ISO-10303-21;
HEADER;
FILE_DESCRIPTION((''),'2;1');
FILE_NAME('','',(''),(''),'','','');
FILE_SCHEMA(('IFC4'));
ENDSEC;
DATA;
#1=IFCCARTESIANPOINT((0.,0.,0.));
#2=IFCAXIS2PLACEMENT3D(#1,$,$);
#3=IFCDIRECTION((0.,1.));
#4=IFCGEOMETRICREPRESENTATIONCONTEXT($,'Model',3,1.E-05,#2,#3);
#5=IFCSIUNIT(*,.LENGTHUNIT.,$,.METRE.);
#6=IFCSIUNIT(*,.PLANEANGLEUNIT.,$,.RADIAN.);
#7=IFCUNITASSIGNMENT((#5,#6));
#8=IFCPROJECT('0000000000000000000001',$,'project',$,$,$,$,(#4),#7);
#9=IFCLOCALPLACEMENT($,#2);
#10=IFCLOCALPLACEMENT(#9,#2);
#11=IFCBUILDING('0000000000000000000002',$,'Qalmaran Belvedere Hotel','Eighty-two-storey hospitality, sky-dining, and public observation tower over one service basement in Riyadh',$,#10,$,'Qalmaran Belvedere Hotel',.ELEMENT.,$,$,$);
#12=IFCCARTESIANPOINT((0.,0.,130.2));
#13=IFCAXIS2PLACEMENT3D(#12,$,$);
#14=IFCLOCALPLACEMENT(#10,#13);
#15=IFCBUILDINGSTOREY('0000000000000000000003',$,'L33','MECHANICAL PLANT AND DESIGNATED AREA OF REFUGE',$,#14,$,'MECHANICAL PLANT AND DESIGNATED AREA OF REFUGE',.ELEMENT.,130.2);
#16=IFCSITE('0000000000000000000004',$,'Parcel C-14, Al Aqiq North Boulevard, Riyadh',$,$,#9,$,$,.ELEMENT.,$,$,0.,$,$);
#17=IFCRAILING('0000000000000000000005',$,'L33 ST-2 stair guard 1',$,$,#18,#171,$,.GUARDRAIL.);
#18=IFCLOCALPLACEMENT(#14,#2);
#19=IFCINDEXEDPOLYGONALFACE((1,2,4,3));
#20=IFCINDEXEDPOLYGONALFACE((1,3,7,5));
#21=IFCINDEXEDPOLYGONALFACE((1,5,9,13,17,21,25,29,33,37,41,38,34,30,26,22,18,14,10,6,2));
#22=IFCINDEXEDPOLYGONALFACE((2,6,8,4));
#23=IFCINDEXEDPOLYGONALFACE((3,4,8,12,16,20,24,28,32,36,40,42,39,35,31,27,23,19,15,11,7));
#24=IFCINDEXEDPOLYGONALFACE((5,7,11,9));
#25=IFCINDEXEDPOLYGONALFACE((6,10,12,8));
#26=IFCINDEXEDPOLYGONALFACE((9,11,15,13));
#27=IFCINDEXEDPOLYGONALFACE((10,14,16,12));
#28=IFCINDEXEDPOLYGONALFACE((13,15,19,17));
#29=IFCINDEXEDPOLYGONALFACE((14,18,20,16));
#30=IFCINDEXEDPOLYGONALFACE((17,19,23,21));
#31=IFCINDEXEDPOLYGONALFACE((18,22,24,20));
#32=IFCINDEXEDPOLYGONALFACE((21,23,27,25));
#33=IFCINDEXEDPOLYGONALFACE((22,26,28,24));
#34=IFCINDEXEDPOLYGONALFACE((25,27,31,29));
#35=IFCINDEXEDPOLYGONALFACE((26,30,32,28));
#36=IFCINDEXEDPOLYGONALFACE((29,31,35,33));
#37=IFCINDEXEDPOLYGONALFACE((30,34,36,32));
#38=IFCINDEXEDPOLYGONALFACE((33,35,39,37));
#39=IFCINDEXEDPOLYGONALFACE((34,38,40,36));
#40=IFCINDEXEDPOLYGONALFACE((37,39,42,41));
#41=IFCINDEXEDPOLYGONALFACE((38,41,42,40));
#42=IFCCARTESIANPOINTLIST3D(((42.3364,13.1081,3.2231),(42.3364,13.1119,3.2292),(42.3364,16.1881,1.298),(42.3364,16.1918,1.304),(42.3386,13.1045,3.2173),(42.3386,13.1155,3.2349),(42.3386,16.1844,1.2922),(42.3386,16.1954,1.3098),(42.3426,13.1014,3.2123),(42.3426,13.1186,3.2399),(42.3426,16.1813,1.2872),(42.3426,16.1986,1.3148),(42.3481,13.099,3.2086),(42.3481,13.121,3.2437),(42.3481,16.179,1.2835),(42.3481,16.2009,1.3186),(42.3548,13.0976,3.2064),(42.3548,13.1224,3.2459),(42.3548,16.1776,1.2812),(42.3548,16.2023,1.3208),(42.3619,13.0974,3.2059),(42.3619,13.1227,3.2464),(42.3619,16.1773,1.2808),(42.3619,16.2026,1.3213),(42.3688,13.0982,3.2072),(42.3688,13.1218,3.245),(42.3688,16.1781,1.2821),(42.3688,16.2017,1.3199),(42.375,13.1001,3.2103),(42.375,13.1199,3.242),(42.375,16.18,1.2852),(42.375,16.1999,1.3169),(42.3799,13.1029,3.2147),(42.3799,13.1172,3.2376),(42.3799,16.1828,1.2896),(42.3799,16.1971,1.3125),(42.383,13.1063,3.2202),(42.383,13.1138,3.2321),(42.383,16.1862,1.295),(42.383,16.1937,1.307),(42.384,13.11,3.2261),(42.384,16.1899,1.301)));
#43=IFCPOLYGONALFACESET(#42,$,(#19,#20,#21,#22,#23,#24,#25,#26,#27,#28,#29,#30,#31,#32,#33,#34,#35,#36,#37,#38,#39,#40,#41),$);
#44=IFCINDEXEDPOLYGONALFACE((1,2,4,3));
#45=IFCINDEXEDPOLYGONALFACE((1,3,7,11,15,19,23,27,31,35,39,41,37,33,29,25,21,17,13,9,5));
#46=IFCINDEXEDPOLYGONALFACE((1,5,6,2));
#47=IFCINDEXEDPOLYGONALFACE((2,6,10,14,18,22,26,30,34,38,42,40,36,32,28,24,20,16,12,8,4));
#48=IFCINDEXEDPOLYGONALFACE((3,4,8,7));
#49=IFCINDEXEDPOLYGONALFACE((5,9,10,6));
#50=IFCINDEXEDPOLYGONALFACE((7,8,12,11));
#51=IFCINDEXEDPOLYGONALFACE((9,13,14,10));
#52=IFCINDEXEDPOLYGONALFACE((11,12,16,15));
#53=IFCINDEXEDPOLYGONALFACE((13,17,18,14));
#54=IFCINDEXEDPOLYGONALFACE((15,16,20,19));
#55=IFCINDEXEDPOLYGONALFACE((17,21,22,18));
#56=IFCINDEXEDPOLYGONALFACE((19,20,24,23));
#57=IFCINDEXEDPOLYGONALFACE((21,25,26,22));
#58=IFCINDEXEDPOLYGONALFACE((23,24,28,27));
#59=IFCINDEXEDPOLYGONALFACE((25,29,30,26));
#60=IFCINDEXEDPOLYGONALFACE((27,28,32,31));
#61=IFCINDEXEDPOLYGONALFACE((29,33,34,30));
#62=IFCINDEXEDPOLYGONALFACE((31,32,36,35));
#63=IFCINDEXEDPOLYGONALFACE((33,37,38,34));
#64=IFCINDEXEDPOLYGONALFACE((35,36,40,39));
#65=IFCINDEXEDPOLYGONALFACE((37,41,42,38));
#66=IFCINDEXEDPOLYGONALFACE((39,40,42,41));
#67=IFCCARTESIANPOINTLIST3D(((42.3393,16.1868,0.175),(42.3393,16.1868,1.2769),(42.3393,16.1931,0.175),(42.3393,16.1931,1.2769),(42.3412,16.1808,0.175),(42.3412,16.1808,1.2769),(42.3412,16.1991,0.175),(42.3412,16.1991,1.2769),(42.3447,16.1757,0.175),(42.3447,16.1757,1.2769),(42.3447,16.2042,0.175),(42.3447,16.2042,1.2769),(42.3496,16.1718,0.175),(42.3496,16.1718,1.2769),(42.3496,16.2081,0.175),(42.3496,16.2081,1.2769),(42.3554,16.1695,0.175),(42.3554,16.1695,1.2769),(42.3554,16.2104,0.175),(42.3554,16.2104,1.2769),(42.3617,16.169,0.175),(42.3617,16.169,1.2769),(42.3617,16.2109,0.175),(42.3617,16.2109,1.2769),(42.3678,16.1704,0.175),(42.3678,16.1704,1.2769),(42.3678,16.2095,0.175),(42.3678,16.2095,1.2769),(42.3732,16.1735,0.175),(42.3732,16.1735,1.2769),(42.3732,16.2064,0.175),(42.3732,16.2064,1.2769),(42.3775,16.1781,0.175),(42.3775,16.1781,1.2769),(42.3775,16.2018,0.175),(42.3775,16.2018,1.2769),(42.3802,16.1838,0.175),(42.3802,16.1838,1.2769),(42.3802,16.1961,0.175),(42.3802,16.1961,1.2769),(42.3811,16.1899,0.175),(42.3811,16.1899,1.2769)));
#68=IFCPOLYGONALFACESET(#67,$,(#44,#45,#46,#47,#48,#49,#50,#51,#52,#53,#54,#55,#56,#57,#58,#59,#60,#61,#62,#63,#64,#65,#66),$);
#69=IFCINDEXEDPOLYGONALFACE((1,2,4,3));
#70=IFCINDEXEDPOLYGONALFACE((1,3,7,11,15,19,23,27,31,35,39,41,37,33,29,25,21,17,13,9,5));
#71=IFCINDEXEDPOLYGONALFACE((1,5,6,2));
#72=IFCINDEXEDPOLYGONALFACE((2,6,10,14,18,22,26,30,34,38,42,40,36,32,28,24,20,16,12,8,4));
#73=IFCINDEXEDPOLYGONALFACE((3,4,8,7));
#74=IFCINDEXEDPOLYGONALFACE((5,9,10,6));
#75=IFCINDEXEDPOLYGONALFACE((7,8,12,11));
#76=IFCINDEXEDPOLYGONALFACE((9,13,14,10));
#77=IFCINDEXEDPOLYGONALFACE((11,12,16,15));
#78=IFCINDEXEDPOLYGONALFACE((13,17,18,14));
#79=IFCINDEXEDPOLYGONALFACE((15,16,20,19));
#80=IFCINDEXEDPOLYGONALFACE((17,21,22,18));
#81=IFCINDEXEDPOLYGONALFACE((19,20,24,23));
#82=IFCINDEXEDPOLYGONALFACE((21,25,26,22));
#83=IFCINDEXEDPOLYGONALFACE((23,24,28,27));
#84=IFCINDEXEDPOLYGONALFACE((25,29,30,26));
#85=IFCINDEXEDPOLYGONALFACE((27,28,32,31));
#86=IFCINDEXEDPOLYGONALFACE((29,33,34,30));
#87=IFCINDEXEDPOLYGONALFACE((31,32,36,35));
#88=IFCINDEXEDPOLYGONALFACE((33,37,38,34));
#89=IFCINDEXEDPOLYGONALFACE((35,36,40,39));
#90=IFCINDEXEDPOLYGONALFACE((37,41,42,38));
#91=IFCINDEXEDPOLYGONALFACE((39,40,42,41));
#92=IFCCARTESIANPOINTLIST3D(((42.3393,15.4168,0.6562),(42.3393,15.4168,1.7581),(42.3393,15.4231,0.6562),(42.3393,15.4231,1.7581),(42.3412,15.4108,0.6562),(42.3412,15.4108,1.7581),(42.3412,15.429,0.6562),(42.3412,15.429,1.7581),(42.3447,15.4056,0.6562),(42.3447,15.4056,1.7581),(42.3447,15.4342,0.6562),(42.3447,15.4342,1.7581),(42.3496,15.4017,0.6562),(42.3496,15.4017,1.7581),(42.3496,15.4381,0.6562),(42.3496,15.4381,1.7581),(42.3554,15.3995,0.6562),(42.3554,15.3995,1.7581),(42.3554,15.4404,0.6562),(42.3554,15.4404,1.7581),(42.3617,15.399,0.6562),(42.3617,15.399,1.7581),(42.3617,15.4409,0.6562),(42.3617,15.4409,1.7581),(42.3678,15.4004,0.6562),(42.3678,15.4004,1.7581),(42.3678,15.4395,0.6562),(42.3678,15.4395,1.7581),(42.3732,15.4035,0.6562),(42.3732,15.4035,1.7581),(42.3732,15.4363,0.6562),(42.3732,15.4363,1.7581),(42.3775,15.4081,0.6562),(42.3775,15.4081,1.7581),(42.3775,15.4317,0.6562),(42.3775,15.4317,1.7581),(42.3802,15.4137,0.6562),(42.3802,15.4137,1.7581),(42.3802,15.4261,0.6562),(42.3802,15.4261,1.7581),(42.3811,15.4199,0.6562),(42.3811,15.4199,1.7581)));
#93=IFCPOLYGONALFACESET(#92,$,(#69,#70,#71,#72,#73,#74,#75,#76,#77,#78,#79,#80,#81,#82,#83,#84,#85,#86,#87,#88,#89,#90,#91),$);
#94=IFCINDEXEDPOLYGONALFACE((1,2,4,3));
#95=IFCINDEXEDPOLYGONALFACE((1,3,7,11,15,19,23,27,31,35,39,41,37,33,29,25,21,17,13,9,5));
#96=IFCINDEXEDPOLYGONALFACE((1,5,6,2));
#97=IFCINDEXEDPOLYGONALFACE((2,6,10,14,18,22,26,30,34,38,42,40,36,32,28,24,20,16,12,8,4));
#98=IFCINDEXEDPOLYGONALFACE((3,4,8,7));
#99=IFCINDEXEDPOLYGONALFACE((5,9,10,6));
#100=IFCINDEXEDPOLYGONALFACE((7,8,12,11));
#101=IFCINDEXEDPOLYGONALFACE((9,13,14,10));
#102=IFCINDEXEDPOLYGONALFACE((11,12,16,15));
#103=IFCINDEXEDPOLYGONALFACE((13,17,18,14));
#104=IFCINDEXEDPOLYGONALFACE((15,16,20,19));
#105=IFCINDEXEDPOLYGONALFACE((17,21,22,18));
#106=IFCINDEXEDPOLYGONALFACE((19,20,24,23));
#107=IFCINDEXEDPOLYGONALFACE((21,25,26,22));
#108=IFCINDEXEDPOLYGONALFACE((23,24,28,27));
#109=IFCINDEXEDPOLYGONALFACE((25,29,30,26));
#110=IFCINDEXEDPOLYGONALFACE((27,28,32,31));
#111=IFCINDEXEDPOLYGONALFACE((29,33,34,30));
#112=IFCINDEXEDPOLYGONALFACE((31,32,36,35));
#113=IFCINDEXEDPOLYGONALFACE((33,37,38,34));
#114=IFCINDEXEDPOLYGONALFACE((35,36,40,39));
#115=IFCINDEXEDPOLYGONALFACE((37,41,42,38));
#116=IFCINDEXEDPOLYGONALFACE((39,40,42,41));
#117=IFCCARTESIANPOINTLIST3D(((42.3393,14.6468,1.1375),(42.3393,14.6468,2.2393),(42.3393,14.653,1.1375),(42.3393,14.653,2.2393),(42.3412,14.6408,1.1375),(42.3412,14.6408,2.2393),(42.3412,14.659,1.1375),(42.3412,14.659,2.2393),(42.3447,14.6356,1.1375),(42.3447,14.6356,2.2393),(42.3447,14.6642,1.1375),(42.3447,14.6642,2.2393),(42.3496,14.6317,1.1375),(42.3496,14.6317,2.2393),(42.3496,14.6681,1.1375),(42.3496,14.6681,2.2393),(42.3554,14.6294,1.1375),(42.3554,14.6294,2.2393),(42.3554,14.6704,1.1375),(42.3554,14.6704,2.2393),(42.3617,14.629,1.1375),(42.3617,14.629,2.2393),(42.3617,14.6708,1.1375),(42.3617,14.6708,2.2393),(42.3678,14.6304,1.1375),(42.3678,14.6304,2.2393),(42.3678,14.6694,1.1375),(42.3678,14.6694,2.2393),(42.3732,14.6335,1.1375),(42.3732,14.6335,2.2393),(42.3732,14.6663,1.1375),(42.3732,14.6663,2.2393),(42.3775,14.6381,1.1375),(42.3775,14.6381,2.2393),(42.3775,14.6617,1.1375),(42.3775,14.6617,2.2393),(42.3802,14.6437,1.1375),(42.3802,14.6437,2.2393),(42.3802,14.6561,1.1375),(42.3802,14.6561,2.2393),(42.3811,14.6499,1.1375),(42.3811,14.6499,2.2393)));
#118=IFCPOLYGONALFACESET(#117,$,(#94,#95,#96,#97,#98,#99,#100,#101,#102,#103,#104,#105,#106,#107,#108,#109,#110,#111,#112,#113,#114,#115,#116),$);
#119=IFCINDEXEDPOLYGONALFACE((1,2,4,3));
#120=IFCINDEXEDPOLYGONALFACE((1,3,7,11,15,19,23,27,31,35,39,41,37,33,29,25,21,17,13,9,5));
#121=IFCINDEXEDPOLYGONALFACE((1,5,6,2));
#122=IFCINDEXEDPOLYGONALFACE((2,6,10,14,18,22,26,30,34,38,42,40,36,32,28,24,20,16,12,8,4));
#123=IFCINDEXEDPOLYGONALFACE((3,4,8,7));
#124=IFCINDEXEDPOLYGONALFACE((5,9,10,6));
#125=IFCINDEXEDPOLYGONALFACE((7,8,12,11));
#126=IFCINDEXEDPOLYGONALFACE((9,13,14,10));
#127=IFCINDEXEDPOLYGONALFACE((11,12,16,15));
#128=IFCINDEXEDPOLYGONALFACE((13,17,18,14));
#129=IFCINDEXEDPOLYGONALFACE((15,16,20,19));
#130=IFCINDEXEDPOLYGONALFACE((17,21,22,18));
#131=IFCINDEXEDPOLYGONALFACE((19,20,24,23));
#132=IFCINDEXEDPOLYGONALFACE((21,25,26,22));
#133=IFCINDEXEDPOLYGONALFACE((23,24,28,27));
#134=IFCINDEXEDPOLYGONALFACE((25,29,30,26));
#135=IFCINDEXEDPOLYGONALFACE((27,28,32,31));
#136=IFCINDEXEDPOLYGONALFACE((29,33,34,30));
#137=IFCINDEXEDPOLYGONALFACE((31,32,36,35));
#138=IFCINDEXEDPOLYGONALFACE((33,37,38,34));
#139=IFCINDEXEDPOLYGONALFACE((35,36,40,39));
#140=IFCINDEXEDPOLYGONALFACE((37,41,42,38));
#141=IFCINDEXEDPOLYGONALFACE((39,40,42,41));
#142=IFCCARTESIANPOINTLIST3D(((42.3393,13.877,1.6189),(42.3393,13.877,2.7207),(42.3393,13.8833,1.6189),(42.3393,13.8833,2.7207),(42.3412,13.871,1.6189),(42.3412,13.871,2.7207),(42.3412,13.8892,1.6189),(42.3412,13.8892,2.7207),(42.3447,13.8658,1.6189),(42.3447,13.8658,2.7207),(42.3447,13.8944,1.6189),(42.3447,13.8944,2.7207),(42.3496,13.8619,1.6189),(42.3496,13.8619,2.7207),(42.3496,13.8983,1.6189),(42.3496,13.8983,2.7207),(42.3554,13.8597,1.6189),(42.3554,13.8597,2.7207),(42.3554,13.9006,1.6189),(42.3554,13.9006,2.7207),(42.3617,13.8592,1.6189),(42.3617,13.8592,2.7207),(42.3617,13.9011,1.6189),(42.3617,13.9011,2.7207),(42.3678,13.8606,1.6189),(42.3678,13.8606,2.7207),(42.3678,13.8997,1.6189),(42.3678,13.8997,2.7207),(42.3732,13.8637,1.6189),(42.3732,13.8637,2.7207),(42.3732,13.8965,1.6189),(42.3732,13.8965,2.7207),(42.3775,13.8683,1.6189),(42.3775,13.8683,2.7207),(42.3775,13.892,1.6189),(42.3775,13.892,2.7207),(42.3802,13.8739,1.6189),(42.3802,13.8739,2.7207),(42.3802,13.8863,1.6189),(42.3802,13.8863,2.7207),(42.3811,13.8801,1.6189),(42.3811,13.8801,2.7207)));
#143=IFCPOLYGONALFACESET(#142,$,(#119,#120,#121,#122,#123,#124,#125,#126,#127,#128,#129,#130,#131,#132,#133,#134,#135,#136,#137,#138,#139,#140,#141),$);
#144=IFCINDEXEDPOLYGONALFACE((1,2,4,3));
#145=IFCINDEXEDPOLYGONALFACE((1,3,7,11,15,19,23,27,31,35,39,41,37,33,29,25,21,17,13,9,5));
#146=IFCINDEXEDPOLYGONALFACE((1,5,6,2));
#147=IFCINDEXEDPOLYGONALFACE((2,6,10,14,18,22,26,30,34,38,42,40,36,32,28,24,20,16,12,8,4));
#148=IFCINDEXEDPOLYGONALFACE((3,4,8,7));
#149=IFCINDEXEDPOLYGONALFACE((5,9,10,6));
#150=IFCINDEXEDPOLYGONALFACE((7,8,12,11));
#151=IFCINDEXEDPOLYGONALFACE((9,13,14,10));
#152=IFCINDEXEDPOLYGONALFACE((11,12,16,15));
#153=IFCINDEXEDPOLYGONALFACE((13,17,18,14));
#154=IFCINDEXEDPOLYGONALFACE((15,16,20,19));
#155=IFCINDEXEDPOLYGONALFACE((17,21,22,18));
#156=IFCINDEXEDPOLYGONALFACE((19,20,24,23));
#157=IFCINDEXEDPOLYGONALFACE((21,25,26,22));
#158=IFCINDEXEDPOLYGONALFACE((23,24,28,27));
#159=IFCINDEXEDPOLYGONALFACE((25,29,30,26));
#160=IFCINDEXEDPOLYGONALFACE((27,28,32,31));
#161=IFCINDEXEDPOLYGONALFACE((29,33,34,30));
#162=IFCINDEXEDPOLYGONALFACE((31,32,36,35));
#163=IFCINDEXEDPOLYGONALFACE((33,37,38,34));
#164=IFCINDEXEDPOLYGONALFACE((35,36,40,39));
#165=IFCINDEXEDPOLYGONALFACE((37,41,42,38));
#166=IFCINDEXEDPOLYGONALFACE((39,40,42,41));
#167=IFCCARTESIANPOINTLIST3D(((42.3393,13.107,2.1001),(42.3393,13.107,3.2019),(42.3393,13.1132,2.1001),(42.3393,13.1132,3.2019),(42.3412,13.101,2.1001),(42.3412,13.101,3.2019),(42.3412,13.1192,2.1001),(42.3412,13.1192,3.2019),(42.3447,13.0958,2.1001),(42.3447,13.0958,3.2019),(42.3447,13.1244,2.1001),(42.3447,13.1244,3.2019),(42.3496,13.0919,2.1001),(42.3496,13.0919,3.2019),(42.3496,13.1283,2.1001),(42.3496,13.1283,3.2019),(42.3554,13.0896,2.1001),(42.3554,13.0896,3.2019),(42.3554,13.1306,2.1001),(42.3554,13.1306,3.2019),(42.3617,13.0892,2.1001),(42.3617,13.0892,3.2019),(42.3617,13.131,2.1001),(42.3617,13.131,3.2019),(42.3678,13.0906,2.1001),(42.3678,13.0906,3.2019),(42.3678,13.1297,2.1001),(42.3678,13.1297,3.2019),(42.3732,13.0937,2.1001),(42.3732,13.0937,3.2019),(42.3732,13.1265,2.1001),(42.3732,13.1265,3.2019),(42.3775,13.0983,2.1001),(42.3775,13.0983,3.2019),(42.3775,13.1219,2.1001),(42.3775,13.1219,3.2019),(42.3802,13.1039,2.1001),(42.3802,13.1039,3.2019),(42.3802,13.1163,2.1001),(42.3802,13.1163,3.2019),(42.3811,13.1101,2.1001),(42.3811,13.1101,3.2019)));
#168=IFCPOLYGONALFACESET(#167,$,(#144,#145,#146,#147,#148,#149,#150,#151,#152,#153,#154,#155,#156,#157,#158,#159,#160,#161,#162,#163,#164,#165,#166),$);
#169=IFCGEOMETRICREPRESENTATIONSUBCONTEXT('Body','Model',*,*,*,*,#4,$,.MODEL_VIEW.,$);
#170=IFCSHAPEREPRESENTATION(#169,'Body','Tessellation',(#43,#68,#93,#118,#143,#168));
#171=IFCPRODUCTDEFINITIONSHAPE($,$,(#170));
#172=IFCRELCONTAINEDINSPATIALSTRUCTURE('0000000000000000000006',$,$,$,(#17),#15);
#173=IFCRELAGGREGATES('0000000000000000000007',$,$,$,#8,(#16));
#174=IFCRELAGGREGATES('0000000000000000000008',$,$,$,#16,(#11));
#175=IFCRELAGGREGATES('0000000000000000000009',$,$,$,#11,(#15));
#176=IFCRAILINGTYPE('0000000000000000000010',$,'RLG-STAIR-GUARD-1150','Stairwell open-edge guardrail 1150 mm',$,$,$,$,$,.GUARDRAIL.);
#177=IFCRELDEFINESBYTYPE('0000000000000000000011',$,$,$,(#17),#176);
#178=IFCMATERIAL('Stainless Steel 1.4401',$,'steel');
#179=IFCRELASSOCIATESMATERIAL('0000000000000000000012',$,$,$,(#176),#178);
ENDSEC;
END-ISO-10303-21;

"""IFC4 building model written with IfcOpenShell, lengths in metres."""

from ifc_helpers import new_model, si_unit, direction, frame, origin, origin_2d, place, context, subcontext, project, spatial, circle, extrude, material, type_object, element, save


model = new_model("IFC4")

# Units and contexts
model_context = context("Model", 3, precision=1e-05, world=origin(), true_north=direction((0.0, 1.0)))
body_context = subcontext(model_context, "Body", "Model", "MODEL_VIEW")
ifc_project = project(units=[si_unit("LENGTHUNIT", "METRE"), si_unit("PLANEANGLEUNIT", "RADIAN")], contexts=[model_context])

# Site, building, storey
site_placement = place(None, origin())
site = spatial("IfcSite", under=ifc_project, at=site_placement, Name="Parcel C-14, Al Aqiq North Boulevard, Riyadh", CompositionType="ELEMENT", RefElevation=0.0)
building_placement = place(site_placement, origin())
building = spatial("IfcBuilding", under=site, at=building_placement, Name="Qalmaran Belvedere Hotel", Description="Eighty-two-storey hospitality, sky-dining, and public observation tower over one service basement in Riyadh", LongName="Qalmaran Belvedere Hotel", CompositionType="ELEMENT")
storey_placement = place(building_placement, frame((0.0, 0.0, 130.2)))
storey = spatial("IfcBuildingStorey", under=building, at=storey_placement, Name="L33", Description="MECHANICAL PLANT AND DESIGNATED AREA OF REFUGE", LongName="MECHANICAL PLANT AND DESIGNATED AREA OF REFUGE", CompositionType="ELEMENT", Elevation=130.2)

# Shared definitions
ifc_material_1 = material(Name="Stainless Steel 1.4401", Category="steel")

# Railing
railing_type_1 = type_object("IfcRailingType", Name="RLG-STAIR-GUARD-1150", Description="Stairwell open-edge guardrail 1150 mm", PredefinedType="GUARDRAIL", material=ifc_material_1)
railing_placement = place(storey_placement, frame((42.3601, 16.1899, 0.175)))
element("IfcRailing", 1, at=railing_placement, inside=storey, type_object=railing_type_1, Name="L33 ST-2 stair guard 1", PredefinedType="GUARDRAIL", context=body_context, shape_type="SweptSolid", body=[
    extrude(circle(Radius=0.0239, at=origin_2d()), frame((0.0, 0.0, 1.126), z_axis=(0.0, -0.847979, 0.530029), x_axis=(1.0, 0.0, 0.0)), (0.0, 0.0, 1.0), 3.6321),
    extrude(circle(Radius=0.021, at=origin_2d()), origin(), (0.0, 0.0, 1.0), 1.1018),
    extrude(circle(Radius=0.021, at=origin_2d()), frame((0.0, -0.77, 0.4812)), (0.0, 0.0, 1.0), 1.1018),
    extrude(circle(Radius=0.021, at=origin_2d()), frame((0.0, -1.54, 0.9624)), (0.0, 0.0, 1.0), 1.1018),
    extrude(circle(Radius=0.021, at=origin_2d()), frame((0.0, -2.3098, 1.4438)), (0.0, 0.0, 1.0), 1.1018),
    extrude(circle(Radius=0.021, at=origin_2d()), frame((0.0, -3.0798, 1.925)), (0.0, 0.0, 1.0), 1.1018),
])

save(model, "model.ifc")
